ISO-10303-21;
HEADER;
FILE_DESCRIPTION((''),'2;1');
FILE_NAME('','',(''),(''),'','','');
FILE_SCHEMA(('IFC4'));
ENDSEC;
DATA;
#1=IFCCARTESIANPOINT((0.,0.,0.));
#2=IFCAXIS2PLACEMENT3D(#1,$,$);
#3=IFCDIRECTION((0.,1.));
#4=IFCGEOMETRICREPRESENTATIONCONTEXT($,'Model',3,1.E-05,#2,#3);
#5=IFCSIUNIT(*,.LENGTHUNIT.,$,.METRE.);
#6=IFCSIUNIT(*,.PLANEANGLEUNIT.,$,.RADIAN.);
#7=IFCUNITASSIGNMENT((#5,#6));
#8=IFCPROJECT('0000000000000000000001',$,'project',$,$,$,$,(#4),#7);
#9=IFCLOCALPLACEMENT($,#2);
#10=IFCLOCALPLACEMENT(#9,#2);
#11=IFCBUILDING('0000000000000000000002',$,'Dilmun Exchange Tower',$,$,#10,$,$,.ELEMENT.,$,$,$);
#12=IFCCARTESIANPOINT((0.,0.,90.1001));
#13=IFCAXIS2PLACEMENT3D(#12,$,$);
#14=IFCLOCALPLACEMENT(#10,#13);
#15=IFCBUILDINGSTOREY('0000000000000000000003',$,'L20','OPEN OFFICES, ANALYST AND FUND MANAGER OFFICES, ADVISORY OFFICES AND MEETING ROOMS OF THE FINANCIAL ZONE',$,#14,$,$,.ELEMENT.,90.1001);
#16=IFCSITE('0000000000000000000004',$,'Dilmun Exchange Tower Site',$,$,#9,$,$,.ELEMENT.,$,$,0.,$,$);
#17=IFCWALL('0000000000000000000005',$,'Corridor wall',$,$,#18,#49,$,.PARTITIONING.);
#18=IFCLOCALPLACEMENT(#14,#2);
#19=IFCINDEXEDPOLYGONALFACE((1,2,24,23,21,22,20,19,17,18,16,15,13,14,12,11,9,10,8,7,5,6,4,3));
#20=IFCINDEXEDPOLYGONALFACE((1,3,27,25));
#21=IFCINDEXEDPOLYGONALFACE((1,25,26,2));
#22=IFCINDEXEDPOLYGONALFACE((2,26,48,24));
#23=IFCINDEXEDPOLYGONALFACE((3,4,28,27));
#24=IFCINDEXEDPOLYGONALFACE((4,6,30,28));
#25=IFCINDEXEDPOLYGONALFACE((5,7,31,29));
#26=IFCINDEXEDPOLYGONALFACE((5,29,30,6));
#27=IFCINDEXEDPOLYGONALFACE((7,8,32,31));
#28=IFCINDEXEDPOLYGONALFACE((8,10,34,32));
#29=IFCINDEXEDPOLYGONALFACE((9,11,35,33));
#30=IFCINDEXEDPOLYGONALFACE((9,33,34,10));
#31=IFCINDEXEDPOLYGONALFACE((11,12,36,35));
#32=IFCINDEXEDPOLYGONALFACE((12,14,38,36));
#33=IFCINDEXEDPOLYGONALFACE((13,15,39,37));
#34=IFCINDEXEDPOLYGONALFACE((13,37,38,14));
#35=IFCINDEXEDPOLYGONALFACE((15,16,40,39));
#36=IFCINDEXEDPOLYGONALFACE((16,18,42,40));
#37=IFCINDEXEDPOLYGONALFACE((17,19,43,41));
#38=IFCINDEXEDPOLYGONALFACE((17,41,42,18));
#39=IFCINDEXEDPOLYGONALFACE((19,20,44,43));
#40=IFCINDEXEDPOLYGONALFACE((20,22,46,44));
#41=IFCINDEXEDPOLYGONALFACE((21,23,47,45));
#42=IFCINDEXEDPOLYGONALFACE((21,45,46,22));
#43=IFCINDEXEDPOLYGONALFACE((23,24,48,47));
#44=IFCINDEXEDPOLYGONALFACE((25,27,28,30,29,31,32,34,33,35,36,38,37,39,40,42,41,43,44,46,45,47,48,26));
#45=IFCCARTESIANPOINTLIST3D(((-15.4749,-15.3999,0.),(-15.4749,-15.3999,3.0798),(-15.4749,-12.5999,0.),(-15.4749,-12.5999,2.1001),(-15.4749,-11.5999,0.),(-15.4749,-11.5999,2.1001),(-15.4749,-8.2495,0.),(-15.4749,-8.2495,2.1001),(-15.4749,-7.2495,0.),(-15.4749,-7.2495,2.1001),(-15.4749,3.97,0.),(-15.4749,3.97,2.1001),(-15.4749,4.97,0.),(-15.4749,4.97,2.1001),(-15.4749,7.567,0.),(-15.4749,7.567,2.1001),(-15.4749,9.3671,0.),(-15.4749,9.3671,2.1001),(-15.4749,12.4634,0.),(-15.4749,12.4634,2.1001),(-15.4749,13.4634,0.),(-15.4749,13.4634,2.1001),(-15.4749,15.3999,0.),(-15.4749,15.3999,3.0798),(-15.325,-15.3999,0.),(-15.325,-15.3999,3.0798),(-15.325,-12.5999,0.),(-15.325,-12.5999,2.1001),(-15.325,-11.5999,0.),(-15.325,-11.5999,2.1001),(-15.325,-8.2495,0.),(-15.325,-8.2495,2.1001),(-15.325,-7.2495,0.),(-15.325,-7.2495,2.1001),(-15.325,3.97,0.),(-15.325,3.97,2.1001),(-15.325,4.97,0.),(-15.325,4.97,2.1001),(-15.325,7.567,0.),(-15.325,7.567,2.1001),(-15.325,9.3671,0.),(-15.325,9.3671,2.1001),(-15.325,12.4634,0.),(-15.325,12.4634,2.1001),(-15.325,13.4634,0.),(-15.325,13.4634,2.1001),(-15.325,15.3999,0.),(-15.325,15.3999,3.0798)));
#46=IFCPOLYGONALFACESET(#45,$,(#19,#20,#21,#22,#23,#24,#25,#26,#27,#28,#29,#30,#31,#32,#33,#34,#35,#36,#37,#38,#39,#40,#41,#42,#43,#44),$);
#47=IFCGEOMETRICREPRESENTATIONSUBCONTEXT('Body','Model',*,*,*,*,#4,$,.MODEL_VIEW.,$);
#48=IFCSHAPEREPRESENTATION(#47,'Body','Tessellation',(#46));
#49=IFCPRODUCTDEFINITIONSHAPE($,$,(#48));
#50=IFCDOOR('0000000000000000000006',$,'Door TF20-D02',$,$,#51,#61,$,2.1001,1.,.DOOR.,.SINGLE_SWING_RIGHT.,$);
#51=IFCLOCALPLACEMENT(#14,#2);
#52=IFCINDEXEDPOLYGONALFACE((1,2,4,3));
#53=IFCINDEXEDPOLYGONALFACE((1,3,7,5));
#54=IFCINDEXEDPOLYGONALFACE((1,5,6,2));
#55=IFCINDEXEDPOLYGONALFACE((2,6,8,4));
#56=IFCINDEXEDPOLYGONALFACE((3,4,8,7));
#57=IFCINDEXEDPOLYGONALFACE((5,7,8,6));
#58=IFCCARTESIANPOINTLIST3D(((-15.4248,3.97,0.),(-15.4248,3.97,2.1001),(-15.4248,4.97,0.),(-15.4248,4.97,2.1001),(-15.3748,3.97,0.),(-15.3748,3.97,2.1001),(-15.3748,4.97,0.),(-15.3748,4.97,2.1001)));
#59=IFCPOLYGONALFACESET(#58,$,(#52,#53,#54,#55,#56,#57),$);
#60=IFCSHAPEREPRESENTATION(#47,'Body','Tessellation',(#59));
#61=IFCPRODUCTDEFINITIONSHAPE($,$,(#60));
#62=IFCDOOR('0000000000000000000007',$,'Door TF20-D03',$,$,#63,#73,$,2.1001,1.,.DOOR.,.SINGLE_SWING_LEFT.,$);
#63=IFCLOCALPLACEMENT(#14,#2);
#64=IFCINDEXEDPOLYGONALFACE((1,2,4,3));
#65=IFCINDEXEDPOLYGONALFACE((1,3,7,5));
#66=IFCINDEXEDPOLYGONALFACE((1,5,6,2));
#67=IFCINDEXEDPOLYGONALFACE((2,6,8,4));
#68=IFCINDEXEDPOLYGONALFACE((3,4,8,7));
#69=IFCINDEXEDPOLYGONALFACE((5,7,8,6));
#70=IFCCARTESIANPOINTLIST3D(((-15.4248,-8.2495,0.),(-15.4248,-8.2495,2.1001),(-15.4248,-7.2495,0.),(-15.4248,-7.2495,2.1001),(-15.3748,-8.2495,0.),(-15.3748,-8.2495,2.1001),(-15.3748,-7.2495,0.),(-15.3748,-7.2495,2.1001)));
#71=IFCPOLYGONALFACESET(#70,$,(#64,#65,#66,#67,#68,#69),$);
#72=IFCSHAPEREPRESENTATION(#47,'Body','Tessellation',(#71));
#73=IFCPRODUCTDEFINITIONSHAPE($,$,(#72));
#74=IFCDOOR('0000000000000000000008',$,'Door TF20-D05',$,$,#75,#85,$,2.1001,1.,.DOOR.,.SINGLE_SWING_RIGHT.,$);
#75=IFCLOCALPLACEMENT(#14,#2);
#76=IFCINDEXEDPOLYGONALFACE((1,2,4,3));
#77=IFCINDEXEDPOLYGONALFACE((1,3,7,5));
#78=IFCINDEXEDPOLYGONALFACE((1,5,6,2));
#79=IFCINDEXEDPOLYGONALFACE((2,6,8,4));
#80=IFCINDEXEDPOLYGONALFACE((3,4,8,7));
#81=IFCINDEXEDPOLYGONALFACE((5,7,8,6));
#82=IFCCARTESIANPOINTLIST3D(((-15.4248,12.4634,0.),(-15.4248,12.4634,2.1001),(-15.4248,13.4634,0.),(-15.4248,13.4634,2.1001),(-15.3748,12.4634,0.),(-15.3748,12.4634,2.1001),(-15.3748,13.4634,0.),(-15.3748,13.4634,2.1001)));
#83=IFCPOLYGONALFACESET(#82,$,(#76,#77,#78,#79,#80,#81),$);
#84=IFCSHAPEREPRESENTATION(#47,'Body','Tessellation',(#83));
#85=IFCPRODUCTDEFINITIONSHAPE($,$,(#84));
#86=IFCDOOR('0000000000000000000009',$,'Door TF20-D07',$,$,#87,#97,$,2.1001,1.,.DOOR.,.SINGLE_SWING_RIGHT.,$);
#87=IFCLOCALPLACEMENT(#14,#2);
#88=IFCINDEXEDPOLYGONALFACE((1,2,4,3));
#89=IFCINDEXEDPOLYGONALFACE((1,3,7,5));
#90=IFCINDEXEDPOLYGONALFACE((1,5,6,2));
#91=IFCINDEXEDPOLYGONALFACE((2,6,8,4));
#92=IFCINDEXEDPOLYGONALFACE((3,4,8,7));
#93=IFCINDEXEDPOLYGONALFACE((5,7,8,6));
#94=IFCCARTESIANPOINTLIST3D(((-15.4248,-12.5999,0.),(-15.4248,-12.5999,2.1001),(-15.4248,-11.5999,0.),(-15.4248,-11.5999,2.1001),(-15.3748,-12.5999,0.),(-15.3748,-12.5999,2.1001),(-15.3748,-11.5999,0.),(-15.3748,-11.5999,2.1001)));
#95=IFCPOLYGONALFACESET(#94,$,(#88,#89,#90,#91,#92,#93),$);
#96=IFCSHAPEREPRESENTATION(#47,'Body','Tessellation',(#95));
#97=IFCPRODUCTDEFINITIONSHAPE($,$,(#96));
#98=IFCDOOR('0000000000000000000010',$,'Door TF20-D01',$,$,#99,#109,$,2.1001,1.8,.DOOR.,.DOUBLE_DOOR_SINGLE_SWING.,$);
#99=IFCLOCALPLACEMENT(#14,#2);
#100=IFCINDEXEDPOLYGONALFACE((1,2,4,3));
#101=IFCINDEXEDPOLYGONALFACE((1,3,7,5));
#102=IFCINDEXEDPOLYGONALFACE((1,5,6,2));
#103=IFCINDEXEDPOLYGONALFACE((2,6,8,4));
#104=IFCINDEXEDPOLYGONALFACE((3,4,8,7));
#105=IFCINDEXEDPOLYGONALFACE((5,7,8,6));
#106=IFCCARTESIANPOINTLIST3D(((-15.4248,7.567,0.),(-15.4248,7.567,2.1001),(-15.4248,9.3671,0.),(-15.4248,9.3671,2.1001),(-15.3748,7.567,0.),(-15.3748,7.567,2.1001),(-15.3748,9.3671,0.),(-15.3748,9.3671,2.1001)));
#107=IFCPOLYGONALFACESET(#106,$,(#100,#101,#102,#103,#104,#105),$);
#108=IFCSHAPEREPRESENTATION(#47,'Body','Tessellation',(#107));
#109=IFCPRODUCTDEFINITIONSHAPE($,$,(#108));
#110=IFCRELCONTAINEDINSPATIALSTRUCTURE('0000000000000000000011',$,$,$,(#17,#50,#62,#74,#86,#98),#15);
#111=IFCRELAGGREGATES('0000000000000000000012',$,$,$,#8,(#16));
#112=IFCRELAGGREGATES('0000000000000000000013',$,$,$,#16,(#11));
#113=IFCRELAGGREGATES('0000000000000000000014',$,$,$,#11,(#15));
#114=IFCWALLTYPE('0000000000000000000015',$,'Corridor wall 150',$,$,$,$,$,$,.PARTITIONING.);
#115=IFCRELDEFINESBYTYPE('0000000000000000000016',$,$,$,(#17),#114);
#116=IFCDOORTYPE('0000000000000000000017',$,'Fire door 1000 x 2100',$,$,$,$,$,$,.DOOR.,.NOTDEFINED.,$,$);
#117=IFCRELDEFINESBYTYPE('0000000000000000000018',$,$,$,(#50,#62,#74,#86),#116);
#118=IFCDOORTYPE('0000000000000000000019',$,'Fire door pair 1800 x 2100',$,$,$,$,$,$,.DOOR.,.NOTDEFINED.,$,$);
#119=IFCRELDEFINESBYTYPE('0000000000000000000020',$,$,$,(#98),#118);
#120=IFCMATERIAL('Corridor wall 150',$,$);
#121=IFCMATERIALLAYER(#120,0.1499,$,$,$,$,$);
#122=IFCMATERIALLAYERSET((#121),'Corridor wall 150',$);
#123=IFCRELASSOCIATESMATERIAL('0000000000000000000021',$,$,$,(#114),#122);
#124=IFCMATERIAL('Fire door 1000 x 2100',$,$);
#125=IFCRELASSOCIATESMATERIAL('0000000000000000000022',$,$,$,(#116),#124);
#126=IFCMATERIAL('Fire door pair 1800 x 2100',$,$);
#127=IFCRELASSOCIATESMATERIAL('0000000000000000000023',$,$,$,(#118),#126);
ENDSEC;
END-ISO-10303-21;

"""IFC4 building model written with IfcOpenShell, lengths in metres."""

from ifc_helpers import new_model, si_unit, direction, frame, frame_2d, origin, place, context, subcontext, project, spatial, rectangle, extrude, material, layer, layer_set, type_object, element, fill, save


model = new_model("IFC4")

# Units and contexts
model_context = context("Model", 3, precision=1e-05, world=origin(), true_north=direction((0.0, 1.0)))
body_context = subcontext(model_context, "Body", "Model", "MODEL_VIEW")
ifc_project = project(units=[si_unit("LENGTHUNIT", "METRE"), si_unit("PLANEANGLEUNIT", "RADIAN")], contexts=[model_context])

# Site, building, storey
site_placement = place(None, origin())
site = spatial("IfcSite", under=ifc_project, at=site_placement, Name="Dilmun Exchange Tower Site", CompositionType="ELEMENT", RefElevation=0.0)
building_placement = place(site_placement, origin())
building = spatial("IfcBuilding", under=site, at=building_placement, Name="Dilmun Exchange Tower", CompositionType="ELEMENT")
storey_placement = place(building_placement, frame((0.0, 0.0, 90.1001)))
storey = spatial("IfcBuildingStorey", under=building, at=storey_placement, Name="L20", Description="OPEN OFFICES, ANALYST AND FUND MANAGER OFFICES, ADVISORY OFFICES AND MEETING ROOMS OF THE FINANCIAL ZONE", CompositionType="ELEMENT", Elevation=90.1001)

# Wall, openings, doors
ifc_material_1 = material(Name="Corridor wall 150")
ifc_layer = layer(ifc_material_1, 0.1499)
ifc_layer_set = layer_set([ifc_layer], Name="Corridor wall 150")
wall_type = type_object("IfcWallType", Name="Corridor wall 150", PredefinedType="PARTITIONING", material=ifc_layer_set)
wall_1_placement = place(storey_placement, frame((-15.3999, -15.3999, 0.0), z_axis=(0.0, 0.0, 1.0), x_axis=(0.0, 1.0, 0.0)))
wall_1 = element("IfcWall", 1, at=wall_1_placement, inside=storey, type_object=wall_type, Name="Corridor wall", PredefinedType="PARTITIONING", context=body_context, shape_type="SweptSolid", body=[
    extrude(rectangle(XDim=30.7998, YDim=0.1499, at=frame_2d((15.3999, 0.0))), origin(), (0.0, 0.0, 1.0), 3.0798),
])
opening_1_placement = place(wall_1_placement, frame((22.967, 0.0, 0.0)))
opening_1 = element("IfcOpeningElement", 2, at=opening_1_placement, cuts=wall_1, PredefinedType="OPENING", context=body_context, shape_type="SweptSolid", body=[
    extrude(rectangle(XDim=1.8, YDim=2.1001, at=frame_2d((0.8999, 1.05))), frame((0.0, 0.085, 0.0), z_axis=(0.0, -1.0, 0.0), x_axis=(1.0, 0.0, 0.0)), (0.0, 0.0, 1.0), 0.1699),
])
opening_2_placement = place(wall_1_placement, frame((19.3699, 0.0, 0.0)))
opening_2 = element("IfcOpeningElement", 3, at=opening_2_placement, cuts=wall_1, PredefinedType="OPENING", context=body_context, shape_type="SweptSolid", body=[
    extrude(rectangle(XDim=1.0, YDim=2.1001, at=frame_2d((0.5, 1.05))), frame((0.0, 0.085, 0.0), z_axis=(0.0, -1.0, 0.0), x_axis=(1.0, 0.0, 0.0)), (0.0, 0.0, 1.0), 0.1699),
])
opening_3_placement = place(wall_1_placement, frame((7.1504, 0.0, 0.0)))
opening_3 = element("IfcOpeningElement", 4, at=opening_3_placement, cuts=wall_1, PredefinedType="OPENING", context=body_context, shape_type="SweptSolid", body=[
    extrude(rectangle(XDim=1.0, YDim=2.1001, at=frame_2d((0.5, 1.05))), frame((0.0, 0.085, 0.0), z_axis=(0.0, -1.0, 0.0), x_axis=(1.0, 0.0, 0.0)), (0.0, 0.0, 1.0), 0.1699),
])
opening_4_placement = place(wall_1_placement, frame((27.8633, 0.0, 0.0)))
opening_4 = element("IfcOpeningElement", 5, at=opening_4_placement, cuts=wall_1, PredefinedType="OPENING", context=body_context, shape_type="SweptSolid", body=[
    extrude(rectangle(XDim=1.0, YDim=2.1001, at=frame_2d((0.5, 1.05))), frame((0.0, 0.085, 0.0), z_axis=(0.0, -1.0, 0.0), x_axis=(1.0, 0.0, 0.0)), (0.0, 0.0, 1.0), 0.1699),
])
opening_5_placement = place(wall_1_placement, frame((2.8, 0.0, 0.0)))
opening_5 = element("IfcOpeningElement", 6, at=opening_5_placement, cuts=wall_1, PredefinedType="OPENING", context=body_context, shape_type="SweptSolid", body=[
    extrude(rectangle(XDim=1.0, YDim=2.1001, at=frame_2d((0.5, 1.05))), frame((0.0, 0.085, 0.0), z_axis=(0.0, -1.0, 0.0), x_axis=(1.0, 0.0, 0.0)), (0.0, 0.0, 1.0), 0.1699),
])
ifc_material_2 = material(Name="Fire door 1000 x 2100")
door_type_1 = type_object("IfcDoorType", Name="Fire door 1000 x 2100", OperationType="NOTDEFINED", PredefinedType="DOOR", material=ifc_material_2)
door_1_placement = place(opening_2_placement, origin())
door_1 = element("IfcDoor", 7, at=door_1_placement, inside=storey, type_object=door_type_1, Name="Door TF20-D02", OperationType="SINGLE_SWING_RIGHT", OverallHeight=2.1001, OverallWidth=1.0, PredefinedType="DOOR", context=body_context, shape_type="SweptSolid", body=[
    extrude(rectangle(XDim=1.0, YDim=2.1001, at=frame_2d((0.5, 1.05))), frame((0.0, 0.0249, 0.0), z_axis=(0.0, -1.0, 0.0), x_axis=(1.0, 0.0, 0.0)), (0.0, 0.0, 1.0), 0.05),
])
fill(opening_2, door_1)
door_2_placement = place(opening_3_placement, origin())
door_2 = element("IfcDoor", 8, at=door_2_placement, inside=storey, type_object=door_type_1, Name="Door TF20-D03", OperationType="SINGLE_SWING_LEFT", OverallHeight=2.1001, OverallWidth=1.0, PredefinedType="DOOR", context=body_context, shape_type="SweptSolid", body=[
    extrude(rectangle(XDim=1.0, YDim=2.1001, at=frame_2d((0.5, 1.05))), frame((0.0, 0.0249, 0.0), z_axis=(0.0, -1.0, 0.0), x_axis=(1.0, 0.0, 0.0)), (0.0, 0.0, 1.0), 0.05),
])
fill(opening_3, door_2)
door_3_placement = place(opening_4_placement, origin())
door_3 = element("IfcDoor", 9, at=door_3_placement, inside=storey, type_object=door_type_1, Name="Door TF20-D05", OperationType="SINGLE_SWING_RIGHT", OverallHeight=2.1001, OverallWidth=1.0, PredefinedType="DOOR", context=body_context, shape_type="SweptSolid", body=[
    extrude(rectangle(XDim=1.0, YDim=2.1001, at=frame_2d((0.5, 1.05))), frame((0.0, 0.0249, 0.0), z_axis=(0.0, -1.0, 0.0), x_axis=(1.0, 0.0, 0.0)), (0.0, 0.0, 1.0), 0.05),
])
fill(opening_4, door_3)
door_4_placement = place(opening_5_placement, origin())
door_4 = element("IfcDoor", 10, at=door_4_placement, inside=storey, type_object=door_type_1, Name="Door TF20-D07", OperationType="SINGLE_SWING_RIGHT", OverallHeight=2.1001, OverallWidth=1.0, PredefinedType="DOOR", context=body_context, shape_type="SweptSolid", body=[
    extrude(rectangle(XDim=1.0, YDim=2.1001, at=frame_2d((0.5, 1.05))), frame((0.0, 0.0249, 0.0), z_axis=(0.0, -1.0, 0.0), x_axis=(1.0, 0.0, 0.0)), (0.0, 0.0, 1.0), 0.05),
])
fill(opening_5, door_4)
ifc_material_3 = material(Name="Fire door pair 1800 x 2100")
door_type_2 = type_object("IfcDoorType", Name="Fire door pair 1800 x 2100", OperationType="NOTDEFINED", PredefinedType="DOOR", material=ifc_material_3)
door_5_placement = place(opening_1_placement, origin())
door_5 = element("IfcDoor", 11, at=door_5_placement, inside=storey, type_object=door_type_2, Name="Door TF20-D01", OperationType="DOUBLE_DOOR_SINGLE_SWING", OverallHeight=2.1001, OverallWidth=1.8, PredefinedType="DOOR", context=body_context, shape_type="SweptSolid", body=[
    extrude(rectangle(XDim=1.8, YDim=2.1001, at=frame_2d((0.8999, 1.05))), frame((0.0, 0.0249, 0.0), z_axis=(0.0, -1.0, 0.0), x_axis=(1.0, 0.0, 0.0)), (0.0, 0.0, 1.0), 0.05),
])
fill(opening_1, door_5)

save(model, "model.ifc")
